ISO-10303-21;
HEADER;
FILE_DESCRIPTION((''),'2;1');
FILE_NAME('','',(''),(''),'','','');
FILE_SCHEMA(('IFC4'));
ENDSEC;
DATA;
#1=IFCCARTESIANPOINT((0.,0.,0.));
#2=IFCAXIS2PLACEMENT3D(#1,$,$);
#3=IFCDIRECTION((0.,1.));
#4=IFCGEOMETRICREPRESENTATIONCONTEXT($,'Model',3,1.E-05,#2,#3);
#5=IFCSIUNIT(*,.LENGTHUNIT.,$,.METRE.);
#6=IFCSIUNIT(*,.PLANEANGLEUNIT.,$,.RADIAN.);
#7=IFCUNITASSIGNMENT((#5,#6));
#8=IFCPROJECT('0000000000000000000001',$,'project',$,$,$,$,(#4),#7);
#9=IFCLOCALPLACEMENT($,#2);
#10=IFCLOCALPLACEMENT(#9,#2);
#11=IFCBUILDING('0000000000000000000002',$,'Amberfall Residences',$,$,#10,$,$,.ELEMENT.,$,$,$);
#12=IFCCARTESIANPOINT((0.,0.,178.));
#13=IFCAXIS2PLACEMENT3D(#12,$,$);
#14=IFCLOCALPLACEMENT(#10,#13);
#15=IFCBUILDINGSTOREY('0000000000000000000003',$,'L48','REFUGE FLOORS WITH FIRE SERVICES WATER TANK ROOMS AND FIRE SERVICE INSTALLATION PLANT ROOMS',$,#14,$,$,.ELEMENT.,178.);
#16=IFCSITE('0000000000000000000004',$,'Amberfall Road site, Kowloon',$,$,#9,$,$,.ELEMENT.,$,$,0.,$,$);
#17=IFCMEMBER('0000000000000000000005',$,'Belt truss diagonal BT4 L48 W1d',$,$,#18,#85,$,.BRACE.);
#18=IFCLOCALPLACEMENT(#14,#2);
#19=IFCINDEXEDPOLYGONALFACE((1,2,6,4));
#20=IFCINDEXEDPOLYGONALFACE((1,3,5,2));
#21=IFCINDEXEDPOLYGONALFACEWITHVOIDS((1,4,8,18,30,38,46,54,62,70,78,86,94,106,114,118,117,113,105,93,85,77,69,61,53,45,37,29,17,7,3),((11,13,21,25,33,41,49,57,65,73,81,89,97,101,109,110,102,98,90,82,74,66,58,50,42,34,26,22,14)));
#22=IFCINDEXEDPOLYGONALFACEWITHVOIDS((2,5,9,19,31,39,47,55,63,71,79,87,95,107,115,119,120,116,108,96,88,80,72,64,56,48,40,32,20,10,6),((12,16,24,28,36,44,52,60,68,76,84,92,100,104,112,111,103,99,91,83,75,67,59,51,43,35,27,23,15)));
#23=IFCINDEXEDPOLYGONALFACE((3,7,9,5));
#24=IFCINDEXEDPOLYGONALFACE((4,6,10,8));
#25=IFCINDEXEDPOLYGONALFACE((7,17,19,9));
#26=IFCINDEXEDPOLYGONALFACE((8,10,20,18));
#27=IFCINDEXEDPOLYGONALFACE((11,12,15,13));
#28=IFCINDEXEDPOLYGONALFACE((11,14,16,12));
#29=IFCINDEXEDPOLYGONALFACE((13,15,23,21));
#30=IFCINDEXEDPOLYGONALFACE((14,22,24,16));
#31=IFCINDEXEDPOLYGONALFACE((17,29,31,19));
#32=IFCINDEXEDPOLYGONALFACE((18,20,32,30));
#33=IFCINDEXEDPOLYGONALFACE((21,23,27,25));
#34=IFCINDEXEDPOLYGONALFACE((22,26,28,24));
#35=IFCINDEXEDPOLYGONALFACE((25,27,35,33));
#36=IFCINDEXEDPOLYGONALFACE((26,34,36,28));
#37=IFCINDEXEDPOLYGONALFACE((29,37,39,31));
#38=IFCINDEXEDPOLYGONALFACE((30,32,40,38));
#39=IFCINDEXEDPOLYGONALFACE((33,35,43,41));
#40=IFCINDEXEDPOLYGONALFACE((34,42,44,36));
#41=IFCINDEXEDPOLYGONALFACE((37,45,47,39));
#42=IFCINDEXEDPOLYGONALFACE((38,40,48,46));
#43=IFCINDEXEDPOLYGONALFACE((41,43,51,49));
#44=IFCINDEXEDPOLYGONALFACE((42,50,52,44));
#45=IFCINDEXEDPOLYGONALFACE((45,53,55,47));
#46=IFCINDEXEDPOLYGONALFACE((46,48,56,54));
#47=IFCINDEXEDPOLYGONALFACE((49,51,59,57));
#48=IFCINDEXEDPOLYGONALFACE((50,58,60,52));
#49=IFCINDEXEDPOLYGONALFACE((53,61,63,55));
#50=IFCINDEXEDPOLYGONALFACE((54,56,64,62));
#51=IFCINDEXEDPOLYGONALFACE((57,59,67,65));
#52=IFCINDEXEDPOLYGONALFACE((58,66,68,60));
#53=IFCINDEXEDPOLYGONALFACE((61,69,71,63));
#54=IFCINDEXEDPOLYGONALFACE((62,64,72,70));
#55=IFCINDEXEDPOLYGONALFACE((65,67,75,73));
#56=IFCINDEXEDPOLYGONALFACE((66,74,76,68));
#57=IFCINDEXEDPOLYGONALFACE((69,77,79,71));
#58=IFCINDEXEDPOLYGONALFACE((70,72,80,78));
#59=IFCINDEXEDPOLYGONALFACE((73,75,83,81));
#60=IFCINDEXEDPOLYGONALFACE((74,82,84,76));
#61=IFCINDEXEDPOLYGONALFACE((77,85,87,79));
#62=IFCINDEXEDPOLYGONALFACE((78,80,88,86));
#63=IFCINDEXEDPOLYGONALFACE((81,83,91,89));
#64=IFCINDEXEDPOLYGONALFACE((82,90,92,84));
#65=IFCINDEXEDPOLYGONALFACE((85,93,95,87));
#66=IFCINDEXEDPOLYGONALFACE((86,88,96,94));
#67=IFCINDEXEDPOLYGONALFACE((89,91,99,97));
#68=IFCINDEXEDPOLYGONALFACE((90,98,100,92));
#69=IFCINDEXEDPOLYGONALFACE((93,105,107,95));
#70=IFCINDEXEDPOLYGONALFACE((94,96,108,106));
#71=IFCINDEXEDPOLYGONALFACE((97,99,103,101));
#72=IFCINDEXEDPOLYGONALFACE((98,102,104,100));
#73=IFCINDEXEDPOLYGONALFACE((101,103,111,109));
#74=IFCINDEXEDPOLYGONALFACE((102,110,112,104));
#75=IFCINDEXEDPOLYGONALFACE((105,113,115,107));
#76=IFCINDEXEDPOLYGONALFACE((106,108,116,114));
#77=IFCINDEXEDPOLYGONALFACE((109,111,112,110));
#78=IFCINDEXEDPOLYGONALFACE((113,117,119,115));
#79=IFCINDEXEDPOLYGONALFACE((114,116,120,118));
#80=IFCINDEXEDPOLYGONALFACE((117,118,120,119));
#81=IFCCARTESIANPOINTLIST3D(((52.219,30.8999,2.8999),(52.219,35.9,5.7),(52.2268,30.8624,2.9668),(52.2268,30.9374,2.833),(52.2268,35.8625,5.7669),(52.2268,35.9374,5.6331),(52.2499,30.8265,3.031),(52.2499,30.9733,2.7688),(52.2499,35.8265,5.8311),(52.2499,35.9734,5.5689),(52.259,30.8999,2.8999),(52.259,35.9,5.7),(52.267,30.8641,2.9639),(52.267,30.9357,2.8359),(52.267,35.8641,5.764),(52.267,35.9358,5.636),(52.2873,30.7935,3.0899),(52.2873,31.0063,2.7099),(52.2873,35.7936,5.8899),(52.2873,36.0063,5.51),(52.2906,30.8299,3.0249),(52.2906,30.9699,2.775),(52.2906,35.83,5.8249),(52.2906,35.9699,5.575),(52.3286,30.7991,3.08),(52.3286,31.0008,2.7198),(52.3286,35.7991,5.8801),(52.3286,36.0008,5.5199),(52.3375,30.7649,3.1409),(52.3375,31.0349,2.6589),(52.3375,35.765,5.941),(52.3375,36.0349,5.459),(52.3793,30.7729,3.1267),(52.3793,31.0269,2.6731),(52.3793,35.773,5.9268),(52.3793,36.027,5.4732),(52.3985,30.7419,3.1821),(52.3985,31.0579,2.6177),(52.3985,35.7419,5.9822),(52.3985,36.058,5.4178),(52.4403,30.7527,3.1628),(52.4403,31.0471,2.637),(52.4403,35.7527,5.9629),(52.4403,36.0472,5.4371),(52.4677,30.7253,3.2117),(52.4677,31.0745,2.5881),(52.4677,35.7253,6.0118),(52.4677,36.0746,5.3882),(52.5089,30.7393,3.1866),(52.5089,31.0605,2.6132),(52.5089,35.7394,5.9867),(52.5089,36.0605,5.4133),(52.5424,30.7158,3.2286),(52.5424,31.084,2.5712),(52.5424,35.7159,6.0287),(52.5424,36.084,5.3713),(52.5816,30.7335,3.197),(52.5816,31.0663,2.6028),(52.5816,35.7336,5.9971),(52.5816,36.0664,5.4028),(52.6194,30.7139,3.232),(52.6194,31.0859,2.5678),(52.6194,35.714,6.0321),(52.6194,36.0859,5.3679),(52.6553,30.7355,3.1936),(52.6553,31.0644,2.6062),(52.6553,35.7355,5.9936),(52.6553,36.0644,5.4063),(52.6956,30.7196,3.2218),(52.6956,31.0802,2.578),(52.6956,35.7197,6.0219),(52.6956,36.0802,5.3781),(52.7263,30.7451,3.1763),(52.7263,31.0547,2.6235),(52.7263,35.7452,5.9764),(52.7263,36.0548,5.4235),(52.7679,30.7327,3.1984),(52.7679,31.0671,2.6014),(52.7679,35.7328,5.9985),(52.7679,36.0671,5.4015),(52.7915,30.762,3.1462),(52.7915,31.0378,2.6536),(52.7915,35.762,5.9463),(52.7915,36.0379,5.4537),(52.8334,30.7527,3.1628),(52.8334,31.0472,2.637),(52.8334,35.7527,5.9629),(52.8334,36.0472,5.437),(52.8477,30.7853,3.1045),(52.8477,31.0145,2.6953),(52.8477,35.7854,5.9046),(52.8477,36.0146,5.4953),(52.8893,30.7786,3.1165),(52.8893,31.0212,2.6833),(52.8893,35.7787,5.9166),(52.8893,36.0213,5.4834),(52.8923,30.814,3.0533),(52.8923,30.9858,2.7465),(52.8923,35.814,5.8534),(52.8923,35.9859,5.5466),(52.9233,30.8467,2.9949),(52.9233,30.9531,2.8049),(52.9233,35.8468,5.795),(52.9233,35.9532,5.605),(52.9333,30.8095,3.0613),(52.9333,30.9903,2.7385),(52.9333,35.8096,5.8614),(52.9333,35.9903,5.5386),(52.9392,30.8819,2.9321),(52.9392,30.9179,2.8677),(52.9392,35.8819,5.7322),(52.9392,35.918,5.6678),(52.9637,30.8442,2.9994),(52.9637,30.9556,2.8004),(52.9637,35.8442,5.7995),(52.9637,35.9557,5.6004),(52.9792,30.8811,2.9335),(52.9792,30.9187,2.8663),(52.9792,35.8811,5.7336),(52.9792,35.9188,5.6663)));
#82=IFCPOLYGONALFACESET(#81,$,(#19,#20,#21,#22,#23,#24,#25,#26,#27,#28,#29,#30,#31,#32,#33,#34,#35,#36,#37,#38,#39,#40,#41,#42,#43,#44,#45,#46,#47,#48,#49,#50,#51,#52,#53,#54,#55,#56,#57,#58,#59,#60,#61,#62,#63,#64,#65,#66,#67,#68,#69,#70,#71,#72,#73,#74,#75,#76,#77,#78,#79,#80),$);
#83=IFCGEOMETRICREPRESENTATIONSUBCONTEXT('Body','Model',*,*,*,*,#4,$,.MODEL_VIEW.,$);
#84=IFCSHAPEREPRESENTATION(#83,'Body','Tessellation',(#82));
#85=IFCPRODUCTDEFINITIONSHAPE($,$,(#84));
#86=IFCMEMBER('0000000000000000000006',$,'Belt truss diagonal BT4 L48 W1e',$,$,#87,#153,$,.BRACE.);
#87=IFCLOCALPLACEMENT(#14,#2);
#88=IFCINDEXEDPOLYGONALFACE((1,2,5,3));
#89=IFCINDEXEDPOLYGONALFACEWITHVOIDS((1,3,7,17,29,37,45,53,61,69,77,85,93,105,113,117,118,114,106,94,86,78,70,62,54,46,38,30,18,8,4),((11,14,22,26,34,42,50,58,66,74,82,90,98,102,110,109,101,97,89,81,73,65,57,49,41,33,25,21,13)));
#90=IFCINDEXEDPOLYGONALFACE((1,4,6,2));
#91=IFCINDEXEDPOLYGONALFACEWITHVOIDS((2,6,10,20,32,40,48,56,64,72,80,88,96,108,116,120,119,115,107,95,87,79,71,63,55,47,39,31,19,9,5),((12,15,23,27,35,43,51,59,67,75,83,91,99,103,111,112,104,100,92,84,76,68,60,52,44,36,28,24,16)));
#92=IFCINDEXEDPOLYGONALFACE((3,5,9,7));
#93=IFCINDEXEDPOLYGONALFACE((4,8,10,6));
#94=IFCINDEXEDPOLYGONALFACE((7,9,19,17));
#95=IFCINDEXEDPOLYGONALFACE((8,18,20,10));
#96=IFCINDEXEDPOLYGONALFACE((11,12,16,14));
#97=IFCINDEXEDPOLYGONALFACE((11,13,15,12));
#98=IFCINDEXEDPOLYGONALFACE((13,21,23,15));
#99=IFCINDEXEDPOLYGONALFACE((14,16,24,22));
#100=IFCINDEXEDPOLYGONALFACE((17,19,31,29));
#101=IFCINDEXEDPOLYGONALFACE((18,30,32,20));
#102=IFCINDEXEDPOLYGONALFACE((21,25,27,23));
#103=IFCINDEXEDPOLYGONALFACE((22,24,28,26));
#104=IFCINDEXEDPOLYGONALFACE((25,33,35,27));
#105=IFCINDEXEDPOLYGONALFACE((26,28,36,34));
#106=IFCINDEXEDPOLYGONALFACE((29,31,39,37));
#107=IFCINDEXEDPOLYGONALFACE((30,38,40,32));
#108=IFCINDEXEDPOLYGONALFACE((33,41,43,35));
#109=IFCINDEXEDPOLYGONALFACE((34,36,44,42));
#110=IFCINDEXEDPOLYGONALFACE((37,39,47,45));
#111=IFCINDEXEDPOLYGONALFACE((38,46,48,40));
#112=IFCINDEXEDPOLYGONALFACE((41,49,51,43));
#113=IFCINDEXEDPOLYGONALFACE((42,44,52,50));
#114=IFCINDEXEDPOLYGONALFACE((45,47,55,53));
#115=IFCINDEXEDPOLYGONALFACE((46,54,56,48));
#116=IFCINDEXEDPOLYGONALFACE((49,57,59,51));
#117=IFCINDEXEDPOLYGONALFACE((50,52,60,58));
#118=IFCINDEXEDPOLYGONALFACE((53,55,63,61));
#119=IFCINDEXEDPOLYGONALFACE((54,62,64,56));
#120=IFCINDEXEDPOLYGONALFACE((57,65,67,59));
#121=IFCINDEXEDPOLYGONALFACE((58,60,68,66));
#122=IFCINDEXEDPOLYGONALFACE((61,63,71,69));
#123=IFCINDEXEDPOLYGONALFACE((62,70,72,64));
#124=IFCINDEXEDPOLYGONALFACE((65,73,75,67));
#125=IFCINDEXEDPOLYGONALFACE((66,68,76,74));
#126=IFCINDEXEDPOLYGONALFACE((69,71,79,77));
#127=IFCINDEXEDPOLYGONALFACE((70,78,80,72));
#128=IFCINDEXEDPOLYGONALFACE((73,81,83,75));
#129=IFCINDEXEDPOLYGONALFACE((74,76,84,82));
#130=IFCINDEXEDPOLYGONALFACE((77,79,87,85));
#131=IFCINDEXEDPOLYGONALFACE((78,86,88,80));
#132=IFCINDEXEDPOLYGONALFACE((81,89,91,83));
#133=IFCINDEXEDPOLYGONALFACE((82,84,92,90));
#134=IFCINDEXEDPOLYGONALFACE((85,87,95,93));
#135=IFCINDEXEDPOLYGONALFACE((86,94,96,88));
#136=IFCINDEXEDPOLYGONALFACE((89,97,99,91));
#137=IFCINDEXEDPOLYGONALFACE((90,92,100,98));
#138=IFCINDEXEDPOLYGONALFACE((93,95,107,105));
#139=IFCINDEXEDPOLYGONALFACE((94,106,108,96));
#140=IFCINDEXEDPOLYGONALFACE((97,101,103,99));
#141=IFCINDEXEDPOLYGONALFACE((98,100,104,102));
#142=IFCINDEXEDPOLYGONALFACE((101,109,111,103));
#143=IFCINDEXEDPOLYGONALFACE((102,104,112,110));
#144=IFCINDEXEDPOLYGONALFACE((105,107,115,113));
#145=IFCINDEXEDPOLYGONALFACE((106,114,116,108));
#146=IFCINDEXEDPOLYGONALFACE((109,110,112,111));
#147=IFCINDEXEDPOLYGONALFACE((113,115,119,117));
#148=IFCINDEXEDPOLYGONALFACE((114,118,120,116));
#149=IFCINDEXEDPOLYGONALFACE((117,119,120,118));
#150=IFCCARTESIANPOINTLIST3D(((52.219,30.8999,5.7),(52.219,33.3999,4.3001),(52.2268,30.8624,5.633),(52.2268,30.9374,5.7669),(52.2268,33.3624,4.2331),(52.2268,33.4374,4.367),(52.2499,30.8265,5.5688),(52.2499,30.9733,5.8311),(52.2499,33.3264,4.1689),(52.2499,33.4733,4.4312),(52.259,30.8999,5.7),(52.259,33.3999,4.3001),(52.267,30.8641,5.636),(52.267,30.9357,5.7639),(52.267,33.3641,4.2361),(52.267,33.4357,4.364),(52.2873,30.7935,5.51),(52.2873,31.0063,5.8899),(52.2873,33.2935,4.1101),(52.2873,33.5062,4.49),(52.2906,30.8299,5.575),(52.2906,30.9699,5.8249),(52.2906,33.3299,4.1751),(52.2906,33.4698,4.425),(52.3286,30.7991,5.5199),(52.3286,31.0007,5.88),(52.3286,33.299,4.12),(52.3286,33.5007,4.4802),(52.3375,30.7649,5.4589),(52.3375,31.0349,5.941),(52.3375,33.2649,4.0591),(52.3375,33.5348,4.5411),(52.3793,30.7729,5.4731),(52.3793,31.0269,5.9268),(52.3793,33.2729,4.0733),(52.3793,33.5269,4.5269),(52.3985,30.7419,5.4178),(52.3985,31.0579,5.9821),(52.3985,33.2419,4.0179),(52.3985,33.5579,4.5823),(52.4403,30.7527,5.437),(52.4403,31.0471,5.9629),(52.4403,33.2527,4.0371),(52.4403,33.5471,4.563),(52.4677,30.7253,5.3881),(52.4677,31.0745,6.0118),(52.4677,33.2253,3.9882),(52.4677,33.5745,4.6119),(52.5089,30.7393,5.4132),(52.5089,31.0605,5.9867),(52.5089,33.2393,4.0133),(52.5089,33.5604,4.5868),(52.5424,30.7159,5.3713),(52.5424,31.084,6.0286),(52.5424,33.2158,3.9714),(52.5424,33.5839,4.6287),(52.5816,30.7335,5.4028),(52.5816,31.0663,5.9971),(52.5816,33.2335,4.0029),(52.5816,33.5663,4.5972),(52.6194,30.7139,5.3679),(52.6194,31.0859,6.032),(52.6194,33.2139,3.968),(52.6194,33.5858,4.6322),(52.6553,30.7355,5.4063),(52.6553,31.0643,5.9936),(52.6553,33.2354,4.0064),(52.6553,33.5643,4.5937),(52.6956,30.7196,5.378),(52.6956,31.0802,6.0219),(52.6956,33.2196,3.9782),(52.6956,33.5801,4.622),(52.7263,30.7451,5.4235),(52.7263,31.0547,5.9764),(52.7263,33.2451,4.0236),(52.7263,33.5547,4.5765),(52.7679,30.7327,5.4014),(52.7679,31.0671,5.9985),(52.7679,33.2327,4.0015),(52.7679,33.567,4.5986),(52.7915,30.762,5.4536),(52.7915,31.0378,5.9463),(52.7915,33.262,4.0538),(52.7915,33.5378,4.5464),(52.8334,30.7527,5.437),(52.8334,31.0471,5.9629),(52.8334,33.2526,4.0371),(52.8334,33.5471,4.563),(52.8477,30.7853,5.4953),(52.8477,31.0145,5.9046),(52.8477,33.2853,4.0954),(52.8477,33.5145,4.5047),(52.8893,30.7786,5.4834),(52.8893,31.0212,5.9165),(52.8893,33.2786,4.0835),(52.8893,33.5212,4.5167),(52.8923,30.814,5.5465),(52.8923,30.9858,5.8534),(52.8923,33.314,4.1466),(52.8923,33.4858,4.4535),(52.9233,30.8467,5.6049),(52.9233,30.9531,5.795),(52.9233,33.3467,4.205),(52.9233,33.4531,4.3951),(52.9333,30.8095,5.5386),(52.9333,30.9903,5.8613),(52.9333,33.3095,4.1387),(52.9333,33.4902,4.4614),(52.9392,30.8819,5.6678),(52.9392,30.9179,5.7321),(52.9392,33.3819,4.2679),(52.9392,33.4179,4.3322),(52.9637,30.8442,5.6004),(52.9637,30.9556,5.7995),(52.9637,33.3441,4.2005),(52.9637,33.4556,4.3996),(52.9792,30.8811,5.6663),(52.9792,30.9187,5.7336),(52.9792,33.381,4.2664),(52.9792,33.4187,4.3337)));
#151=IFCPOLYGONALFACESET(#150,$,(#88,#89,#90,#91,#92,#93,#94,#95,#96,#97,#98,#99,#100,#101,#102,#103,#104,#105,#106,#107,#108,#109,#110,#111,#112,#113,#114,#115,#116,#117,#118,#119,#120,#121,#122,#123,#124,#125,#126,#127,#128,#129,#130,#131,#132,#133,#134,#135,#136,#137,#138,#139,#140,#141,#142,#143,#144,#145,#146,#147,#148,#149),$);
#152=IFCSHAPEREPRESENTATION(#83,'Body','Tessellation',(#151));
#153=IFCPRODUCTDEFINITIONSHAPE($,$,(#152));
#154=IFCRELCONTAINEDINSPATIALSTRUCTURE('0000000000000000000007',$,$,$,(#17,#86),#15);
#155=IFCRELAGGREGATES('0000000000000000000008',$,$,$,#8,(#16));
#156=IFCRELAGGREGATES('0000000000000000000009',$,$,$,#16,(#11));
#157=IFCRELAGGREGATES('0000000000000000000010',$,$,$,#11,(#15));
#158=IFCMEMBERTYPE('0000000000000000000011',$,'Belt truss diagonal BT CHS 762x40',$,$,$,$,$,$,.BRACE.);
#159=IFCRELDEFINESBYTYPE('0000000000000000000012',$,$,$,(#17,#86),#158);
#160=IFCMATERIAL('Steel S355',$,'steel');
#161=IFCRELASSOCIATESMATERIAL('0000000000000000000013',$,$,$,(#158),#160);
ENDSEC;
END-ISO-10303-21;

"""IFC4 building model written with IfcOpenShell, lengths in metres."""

from ifc_helpers import new_model, si_unit, direction, frame, origin, origin_2d, place, context, subcontext, project, spatial, hollow_circle, extrude, material, material_profile, profile_set, type_object, element, save


model = new_model("IFC4")

# Units and contexts
model_context = context("Model", 3, precision=1e-05, world=origin(), true_north=direction((0.0, 1.0)))
body_context = subcontext(model_context, "Body", "Model", "MODEL_VIEW")
ifc_project = project(units=[si_unit("LENGTHUNIT", "METRE"), si_unit("PLANEANGLEUNIT", "RADIAN")], contexts=[model_context])

# Site, building, storey
site_placement = place(None, origin())
site = spatial("IfcSite", under=ifc_project, at=site_placement, Name="Amberfall Road site, Kowloon", CompositionType="ELEMENT", RefElevation=0.0)
building_placement = place(site_placement, origin())
building = spatial("IfcBuilding", under=site, at=building_placement, Name="Amberfall Residences", CompositionType="ELEMENT")
storey_placement = place(building_placement, frame((0.0, 0.0, 178.0)))
storey = spatial("IfcBuildingStorey", under=building, at=storey_placement, Name="L48", Description="REFUGE FLOORS WITH FIRE SERVICES WATER TANK ROOMS AND FIRE SERVICE INSTALLATION PLANT ROOMS", CompositionType="ELEMENT", Elevation=178.0)

# Shared definitions
ifc_material_1 = material(Name="Steel S355", Category="steel")

# Members
ifc_material_profile_1 = material_profile(ifc_material_1, hollow_circle(Radius=0.3811, WallThickness=0.04, at=origin_2d()), Name="CHS 762x40")
ifc_profile_set_1 = profile_set([ifc_material_profile_1], Name="Steel S355")
member_type = type_object("IfcMemberType", Name="Belt truss diagonal BT CHS 762x40", PredefinedType="BRACE", material=ifc_profile_set_1)
member_1_placement = place(storey_placement, frame((52.6001, 30.8999, 2.8999), z_axis=(0.0, 0.872502, 0.48861), x_axis=(-1.0, 0.0, 0.0)))
element("IfcMember", 1, at=member_1_placement, inside=storey, type_object=member_type, Name="Belt truss diagonal BT4 L48 W1d", PredefinedType="BRACE", context=body_context, shape_type="SweptSolid", body=[
    extrude(hollow_circle(Radius=0.3811, WallThickness=0.04, at=origin_2d()), origin(), (0.0, 0.0, 1.0), 5.7307),
])
member_2_placement = place(storey_placement, frame((52.6001, 30.8999, 5.7), z_axis=(0.0, 0.872521, -0.488577), x_axis=(-1.0, 0.0, 0.0)))
element("IfcMember", 2, at=member_2_placement, inside=storey, type_object=member_type, Name="Belt truss diagonal BT4 L48 W1e", PredefinedType="BRACE", context=body_context, shape_type="SweptSolid", body=[
    extrude(hollow_circle(Radius=0.3811, WallThickness=0.04, at=origin_2d()), origin(), (0.0, 0.0, 1.0), 2.8652),
])

save(model, "model.ifc")
